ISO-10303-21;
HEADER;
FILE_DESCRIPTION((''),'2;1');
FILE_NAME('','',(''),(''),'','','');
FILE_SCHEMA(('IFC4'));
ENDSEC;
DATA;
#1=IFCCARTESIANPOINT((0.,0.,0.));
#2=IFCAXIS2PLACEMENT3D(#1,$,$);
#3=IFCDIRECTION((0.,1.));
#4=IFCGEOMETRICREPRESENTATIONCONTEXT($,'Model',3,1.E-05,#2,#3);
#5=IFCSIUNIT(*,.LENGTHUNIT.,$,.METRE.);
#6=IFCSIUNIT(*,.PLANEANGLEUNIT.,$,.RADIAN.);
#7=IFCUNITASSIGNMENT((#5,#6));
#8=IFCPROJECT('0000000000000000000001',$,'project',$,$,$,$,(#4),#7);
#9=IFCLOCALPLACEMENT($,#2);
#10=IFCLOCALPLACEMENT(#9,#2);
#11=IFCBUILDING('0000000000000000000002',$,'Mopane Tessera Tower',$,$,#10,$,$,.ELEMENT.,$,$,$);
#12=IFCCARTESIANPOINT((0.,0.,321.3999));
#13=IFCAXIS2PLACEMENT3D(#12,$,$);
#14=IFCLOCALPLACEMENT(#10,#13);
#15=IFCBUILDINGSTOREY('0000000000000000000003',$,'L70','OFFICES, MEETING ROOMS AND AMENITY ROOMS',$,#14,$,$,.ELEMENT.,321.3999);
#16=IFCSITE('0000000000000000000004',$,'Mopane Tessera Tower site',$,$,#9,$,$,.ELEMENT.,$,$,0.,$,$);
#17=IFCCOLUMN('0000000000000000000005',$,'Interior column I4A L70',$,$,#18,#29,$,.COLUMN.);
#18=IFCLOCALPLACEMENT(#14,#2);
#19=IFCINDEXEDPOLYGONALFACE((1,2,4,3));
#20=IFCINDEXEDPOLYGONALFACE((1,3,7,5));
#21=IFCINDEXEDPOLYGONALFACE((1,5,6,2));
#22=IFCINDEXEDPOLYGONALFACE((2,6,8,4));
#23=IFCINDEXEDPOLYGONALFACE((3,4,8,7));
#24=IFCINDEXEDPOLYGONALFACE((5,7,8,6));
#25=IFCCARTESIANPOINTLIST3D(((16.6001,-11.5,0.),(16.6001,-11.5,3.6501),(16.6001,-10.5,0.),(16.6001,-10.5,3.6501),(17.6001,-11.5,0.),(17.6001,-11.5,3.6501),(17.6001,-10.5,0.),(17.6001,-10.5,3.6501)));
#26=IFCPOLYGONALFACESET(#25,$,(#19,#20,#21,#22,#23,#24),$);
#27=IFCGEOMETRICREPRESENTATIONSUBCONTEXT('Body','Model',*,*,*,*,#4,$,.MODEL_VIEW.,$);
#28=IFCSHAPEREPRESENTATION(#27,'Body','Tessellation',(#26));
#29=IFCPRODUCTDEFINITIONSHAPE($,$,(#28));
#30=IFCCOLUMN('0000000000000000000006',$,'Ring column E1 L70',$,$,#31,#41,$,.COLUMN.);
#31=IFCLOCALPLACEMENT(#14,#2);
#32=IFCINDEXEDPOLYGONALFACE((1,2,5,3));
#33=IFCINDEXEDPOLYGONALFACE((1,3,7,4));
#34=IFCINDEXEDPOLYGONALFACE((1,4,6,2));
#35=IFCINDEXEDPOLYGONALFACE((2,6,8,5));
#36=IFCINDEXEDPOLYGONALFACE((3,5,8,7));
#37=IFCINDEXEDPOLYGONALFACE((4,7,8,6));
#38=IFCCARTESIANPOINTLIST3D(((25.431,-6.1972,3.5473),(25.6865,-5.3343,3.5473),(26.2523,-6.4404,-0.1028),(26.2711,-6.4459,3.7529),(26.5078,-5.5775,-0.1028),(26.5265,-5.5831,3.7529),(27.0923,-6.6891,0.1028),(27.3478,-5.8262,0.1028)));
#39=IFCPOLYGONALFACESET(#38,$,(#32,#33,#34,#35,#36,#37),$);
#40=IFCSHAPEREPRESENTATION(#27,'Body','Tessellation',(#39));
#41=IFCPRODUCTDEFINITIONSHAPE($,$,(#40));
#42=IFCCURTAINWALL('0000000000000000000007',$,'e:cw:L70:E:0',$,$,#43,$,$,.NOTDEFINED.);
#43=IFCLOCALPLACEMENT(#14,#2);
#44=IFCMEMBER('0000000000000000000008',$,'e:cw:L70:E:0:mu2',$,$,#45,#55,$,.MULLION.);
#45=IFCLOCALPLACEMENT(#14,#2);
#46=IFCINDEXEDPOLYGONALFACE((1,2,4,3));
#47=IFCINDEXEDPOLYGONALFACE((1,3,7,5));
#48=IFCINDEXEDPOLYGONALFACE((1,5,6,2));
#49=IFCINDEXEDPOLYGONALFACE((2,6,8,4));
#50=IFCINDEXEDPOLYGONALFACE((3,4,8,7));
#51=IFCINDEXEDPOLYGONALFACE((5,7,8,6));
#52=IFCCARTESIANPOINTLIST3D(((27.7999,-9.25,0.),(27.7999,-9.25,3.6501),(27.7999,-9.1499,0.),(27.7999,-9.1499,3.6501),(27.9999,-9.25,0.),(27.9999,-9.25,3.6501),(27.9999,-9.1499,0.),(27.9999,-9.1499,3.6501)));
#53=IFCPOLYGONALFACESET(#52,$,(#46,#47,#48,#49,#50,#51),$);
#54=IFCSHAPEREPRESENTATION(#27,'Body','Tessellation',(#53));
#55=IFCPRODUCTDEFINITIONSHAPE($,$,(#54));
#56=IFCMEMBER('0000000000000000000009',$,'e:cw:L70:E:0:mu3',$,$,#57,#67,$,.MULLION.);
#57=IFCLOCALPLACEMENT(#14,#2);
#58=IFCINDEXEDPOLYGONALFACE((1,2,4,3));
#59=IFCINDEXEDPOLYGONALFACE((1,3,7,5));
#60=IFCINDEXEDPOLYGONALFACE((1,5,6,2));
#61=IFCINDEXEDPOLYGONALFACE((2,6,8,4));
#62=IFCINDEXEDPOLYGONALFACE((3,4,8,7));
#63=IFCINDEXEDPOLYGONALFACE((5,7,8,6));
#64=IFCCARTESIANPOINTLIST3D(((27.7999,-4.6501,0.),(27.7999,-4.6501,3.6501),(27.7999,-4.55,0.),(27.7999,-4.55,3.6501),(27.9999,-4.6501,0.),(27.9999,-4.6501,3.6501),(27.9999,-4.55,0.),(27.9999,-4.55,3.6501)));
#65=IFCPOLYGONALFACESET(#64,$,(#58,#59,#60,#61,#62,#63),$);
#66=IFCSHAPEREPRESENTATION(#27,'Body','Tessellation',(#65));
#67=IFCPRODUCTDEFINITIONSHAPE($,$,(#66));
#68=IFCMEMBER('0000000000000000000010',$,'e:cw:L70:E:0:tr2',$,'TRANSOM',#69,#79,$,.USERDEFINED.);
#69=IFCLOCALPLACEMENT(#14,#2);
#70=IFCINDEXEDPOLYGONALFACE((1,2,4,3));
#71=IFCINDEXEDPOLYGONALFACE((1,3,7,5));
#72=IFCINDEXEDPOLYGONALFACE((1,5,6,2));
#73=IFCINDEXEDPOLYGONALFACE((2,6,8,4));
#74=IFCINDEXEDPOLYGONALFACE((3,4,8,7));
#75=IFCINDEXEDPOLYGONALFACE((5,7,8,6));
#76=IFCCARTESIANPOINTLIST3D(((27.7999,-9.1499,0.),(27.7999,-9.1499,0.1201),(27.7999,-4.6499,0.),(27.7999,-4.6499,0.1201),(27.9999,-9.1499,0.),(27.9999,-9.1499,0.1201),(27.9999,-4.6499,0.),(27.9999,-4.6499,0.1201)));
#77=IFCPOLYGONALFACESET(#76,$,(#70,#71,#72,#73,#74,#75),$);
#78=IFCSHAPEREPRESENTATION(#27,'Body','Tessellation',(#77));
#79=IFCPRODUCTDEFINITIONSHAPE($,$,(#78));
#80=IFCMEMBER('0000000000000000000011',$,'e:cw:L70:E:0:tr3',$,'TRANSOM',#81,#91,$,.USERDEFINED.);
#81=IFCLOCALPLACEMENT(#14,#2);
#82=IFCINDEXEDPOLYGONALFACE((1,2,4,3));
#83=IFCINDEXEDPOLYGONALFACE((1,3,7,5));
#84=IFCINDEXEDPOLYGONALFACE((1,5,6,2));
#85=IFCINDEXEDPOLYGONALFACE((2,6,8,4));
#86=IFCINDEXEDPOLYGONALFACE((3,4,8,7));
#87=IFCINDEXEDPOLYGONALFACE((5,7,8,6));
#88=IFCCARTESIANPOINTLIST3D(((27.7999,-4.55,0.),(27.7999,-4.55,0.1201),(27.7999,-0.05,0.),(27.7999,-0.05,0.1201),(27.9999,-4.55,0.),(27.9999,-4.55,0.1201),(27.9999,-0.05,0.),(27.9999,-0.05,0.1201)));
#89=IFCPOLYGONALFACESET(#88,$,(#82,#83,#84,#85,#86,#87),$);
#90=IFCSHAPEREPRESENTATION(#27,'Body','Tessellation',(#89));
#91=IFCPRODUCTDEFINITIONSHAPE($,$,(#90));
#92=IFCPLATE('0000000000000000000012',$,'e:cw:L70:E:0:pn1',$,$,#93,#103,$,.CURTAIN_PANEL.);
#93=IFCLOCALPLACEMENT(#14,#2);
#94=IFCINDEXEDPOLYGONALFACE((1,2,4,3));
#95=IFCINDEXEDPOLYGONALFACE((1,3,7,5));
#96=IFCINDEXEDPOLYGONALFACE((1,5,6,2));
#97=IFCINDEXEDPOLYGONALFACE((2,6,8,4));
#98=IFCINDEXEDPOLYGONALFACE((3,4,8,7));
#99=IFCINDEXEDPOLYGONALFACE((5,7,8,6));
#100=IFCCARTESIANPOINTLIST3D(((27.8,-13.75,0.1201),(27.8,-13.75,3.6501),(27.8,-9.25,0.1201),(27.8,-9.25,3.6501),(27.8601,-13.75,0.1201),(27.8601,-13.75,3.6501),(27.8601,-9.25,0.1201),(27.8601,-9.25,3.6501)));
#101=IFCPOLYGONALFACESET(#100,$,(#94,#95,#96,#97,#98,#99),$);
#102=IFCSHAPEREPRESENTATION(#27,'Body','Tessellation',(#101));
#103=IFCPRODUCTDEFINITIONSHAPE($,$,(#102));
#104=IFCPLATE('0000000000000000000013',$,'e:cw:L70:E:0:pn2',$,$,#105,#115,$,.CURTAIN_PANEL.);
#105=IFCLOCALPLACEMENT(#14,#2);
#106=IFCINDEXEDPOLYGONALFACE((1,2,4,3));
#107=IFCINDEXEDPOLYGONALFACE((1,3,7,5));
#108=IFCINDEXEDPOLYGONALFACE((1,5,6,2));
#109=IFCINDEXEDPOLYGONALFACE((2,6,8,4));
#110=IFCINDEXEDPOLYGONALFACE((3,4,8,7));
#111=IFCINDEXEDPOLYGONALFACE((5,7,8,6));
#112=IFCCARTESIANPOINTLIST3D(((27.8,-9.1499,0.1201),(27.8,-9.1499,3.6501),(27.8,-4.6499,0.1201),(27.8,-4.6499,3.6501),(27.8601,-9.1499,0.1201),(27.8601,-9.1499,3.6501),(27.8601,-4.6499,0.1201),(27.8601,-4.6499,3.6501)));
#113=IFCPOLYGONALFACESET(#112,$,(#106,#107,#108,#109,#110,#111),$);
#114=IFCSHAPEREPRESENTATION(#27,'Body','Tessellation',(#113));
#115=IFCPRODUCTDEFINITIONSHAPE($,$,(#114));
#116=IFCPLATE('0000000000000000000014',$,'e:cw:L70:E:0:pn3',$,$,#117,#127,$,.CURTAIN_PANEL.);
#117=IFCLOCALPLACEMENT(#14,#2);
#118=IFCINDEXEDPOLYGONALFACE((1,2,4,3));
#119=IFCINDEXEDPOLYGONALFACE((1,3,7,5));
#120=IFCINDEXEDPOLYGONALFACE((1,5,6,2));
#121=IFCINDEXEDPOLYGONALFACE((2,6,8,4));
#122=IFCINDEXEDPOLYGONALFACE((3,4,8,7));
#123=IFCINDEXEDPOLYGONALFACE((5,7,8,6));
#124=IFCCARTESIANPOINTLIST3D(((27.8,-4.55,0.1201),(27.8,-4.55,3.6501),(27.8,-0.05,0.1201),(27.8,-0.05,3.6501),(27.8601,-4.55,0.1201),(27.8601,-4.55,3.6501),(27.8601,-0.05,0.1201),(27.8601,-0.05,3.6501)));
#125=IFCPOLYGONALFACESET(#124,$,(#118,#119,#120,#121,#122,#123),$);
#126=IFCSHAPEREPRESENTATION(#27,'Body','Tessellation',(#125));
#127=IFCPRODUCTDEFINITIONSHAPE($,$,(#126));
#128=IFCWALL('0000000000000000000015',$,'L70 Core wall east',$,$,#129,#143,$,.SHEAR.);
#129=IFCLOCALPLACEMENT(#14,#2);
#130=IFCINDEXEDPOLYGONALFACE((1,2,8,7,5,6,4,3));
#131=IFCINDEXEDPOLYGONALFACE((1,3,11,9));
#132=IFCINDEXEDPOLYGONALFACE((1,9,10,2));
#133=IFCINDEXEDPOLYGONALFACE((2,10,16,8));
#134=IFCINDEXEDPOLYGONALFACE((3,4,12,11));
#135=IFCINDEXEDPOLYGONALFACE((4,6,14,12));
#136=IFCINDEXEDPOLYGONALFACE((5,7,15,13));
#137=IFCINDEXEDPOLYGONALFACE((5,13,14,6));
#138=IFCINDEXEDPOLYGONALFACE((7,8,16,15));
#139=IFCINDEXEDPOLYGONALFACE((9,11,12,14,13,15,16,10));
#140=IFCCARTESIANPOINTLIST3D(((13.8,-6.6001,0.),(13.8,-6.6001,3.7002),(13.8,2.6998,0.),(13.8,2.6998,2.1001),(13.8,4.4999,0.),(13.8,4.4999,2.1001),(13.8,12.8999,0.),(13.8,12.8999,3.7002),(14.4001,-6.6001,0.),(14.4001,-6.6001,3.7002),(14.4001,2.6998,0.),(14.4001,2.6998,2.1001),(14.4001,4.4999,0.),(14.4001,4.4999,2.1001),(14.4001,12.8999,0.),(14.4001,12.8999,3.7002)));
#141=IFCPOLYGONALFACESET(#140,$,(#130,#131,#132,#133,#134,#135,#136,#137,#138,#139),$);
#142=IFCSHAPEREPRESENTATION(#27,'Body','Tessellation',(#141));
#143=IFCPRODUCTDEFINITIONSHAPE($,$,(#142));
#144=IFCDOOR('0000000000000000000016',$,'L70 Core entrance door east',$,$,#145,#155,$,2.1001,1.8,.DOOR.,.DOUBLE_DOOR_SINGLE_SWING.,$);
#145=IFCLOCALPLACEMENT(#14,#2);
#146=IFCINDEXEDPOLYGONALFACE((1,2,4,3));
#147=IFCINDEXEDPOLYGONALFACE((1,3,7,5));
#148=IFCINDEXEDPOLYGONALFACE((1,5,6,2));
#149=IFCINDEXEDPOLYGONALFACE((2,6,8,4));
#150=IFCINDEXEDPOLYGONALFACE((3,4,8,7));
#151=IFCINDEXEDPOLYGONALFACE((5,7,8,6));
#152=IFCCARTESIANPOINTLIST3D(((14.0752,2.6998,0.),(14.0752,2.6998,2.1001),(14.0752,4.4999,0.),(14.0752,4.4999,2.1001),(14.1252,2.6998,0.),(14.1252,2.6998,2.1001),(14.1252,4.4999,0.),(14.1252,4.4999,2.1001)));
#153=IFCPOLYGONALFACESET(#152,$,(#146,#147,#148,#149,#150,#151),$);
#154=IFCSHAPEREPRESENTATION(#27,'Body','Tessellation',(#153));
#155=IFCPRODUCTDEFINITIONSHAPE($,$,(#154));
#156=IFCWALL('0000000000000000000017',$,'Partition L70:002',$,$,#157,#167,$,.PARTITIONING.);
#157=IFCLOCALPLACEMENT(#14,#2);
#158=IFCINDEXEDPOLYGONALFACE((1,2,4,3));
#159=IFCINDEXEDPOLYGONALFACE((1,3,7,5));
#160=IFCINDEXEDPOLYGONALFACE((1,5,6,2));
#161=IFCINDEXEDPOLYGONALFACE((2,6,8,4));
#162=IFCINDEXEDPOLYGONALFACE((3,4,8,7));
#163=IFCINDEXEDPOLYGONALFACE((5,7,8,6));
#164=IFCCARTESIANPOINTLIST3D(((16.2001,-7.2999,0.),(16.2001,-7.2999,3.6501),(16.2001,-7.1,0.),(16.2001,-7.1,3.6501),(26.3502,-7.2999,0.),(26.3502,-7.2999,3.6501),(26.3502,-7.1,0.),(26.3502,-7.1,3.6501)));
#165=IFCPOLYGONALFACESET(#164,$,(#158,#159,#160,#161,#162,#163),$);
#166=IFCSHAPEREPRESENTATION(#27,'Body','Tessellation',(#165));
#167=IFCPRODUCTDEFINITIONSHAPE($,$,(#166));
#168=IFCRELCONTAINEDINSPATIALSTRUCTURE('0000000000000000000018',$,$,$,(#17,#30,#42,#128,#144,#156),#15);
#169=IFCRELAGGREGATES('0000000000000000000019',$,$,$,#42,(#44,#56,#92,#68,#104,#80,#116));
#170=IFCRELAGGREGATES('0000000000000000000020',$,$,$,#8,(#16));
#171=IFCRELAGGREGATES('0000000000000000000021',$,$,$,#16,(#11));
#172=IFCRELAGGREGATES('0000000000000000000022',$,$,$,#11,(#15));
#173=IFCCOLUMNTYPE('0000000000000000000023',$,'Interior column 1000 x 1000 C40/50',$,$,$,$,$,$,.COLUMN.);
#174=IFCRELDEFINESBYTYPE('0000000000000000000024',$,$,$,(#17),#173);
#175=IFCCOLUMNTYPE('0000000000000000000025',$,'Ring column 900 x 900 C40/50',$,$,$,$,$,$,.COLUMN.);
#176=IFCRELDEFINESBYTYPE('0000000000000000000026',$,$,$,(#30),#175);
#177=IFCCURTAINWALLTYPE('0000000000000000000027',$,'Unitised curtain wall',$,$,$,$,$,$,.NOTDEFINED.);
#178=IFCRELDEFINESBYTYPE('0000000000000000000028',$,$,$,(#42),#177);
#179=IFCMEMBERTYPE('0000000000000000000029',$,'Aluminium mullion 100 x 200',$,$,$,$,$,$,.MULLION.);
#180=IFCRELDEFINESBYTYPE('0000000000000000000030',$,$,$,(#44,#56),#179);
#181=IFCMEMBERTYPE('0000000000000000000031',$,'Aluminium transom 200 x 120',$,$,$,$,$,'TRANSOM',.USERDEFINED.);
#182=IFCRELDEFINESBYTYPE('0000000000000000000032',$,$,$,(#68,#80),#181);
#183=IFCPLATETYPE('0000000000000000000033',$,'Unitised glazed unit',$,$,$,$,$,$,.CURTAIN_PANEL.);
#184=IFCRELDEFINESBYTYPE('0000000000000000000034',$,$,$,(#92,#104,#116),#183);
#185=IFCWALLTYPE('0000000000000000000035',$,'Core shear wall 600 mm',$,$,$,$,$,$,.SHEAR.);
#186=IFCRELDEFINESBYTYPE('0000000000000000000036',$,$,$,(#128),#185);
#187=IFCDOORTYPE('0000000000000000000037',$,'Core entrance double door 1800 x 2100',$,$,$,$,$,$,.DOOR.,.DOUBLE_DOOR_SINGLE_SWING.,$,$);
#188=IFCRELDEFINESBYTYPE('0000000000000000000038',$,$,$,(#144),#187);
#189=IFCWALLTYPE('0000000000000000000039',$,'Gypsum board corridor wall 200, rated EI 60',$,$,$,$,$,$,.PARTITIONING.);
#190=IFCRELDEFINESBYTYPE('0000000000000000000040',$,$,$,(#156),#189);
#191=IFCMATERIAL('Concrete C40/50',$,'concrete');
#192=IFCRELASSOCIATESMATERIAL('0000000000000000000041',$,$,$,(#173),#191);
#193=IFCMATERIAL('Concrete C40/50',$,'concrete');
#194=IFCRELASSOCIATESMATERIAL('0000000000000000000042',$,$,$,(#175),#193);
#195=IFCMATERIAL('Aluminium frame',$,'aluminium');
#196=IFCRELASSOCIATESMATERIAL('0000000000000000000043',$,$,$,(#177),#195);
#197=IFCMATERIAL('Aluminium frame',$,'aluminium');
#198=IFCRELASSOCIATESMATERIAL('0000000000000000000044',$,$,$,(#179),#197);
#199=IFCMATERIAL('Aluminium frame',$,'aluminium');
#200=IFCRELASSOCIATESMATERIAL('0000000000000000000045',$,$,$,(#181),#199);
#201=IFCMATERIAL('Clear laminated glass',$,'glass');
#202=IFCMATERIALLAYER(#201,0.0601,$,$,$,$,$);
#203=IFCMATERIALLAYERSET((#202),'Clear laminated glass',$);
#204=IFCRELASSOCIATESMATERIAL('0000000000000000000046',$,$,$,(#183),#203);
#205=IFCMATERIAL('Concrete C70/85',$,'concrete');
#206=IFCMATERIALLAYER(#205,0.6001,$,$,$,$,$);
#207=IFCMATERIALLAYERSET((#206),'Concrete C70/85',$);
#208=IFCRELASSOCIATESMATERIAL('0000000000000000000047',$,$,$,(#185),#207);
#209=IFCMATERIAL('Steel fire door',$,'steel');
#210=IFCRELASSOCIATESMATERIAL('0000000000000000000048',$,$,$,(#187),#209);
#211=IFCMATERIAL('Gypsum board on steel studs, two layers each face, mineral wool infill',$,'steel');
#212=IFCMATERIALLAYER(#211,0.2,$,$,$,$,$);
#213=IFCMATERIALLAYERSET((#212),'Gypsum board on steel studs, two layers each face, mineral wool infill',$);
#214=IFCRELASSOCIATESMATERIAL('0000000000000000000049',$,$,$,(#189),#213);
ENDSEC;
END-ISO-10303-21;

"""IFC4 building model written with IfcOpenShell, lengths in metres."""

from ifc_helpers import new_model, si_unit, direction, frame, frame_2d, origin, origin_2d, place, context, subcontext, project, spatial, rectangle, extrude, material, layer, layer_set, material_profile, profile_set, type_object, element, fill, aggregate, save


model = new_model("IFC4")

# Units and contexts
model_context = context("Model", 3, precision=1e-05, world=origin(), true_north=direction((0.0, 1.0)))
body_context = subcontext(model_context, "Body", "Model", "MODEL_VIEW")
ifc_project = project(units=[si_unit("LENGTHUNIT", "METRE"), si_unit("PLANEANGLEUNIT", "RADIAN")], contexts=[model_context])

# Site, building, storey
site_placement = place(None, origin())
site = spatial("IfcSite", under=ifc_project, at=site_placement, Name="Mopane Tessera Tower site", CompositionType="ELEMENT", RefElevation=0.0)
building_placement = place(site_placement, origin())
building = spatial("IfcBuilding", under=site, at=building_placement, Name="Mopane Tessera Tower", CompositionType="ELEMENT")
storey_placement = place(building_placement, frame((0.0, 0.0, 321.3999)))
storey = spatial("IfcBuildingStorey", under=building, at=storey_placement, Name="L70", Description="OFFICES, MEETING ROOMS AND AMENITY ROOMS", CompositionType="ELEMENT", Elevation=321.3999)

# Columns
ifc_material_1 = material(Name="Concrete C40/50", Category="concrete")
ifc_material_profile_1 = material_profile(ifc_material_1, rectangle(XDim=1.0, YDim=1.0, at=origin_2d()))
ifc_profile_set_1 = profile_set([ifc_material_profile_1], Name="Concrete C40/50")
column_type_1 = type_object("IfcColumnType", Name="Interior column 1000 x 1000 C40/50", PredefinedType="COLUMN", material=ifc_profile_set_1)
column_1_placement = place(storey_placement, frame((17.1001, -11.0, 0.0), z_axis=(0.0, 0.0, 1.0), x_axis=(1.0, 0.0, 0.0)))
element("IfcColumn", 1, at=column_1_placement, inside=storey, type_object=column_type_1, Name="Interior column I4A L70", PredefinedType="COLUMN", context=body_context, shape_type="SweptSolid", body=[
    extrude(rectangle(XDim=1.0, YDim=1.0, at=origin_2d()), origin(), (0.0, 0.0, 1.0), 3.6501),
])
ifc_material_2 = material(Name="Concrete C40/50", Category="concrete")
ifc_material_profile_2 = material_profile(ifc_material_2, rectangle(XDim=0.8999, YDim=0.8999, at=origin_2d()))
ifc_profile_set_2 = profile_set([ifc_material_profile_2], Name="Concrete C40/50")
column_type_2 = type_object("IfcColumnType", Name="Ring column 900 x 900 C40/50", PredefinedType="COLUMN", material=ifc_profile_set_2)
column_2_placement = place(storey_placement, frame((26.8, -6.1333, 0.0), z_axis=(-0.219052, 0.064856, 0.973555), x_axis=(-0.283894, -0.958856, 0.0)))
element("IfcColumn", 2, at=column_2_placement, inside=storey, type_object=column_type_2, Name="Ring column E1 L70", PredefinedType="COLUMN", context=body_context, shape_type="SweptSolid", body=[
    extrude(rectangle(XDim=0.8999, YDim=0.8999, at=origin_2d()), origin(), (0.0, 0.0, 1.0), 3.7493),
])

# Curtain wall, members, plates
ifc_material_3 = material(Name="Aluminium frame", Category="aluminium")
curtain_wall_type = type_object("IfcCurtainWallType", Name="Unitised curtain wall", PredefinedType="NOTDEFINED", material=ifc_material_3)
curtain_wall_placement = place(storey_placement, origin())
curtain_wall = element("IfcCurtainWall", 3, at=curtain_wall_placement, inside=storey, type_object=curtain_wall_type, Name="e:cw:L70:E:0", PredefinedType="NOTDEFINED")
ifc_material_4 = material(Name="Aluminium frame", Category="aluminium")
ifc_material_profile_3 = material_profile(ifc_material_4, rectangle(XDim=0.1001, YDim=0.2, at=origin_2d()))
ifc_profile_set_3 = profile_set([ifc_material_profile_3], Name="Aluminium frame")
member_type_1 = type_object("IfcMemberType", Name="Aluminium mullion 100 x 200", PredefinedType="MULLION", material=ifc_profile_set_3)
member_1_placement = place(storey_placement, frame((27.8999, -9.2, 0.0), z_axis=(0.0, 0.0, 1.0), x_axis=(0.0, 1.0, 0.0)))
member_1 = element("IfcMember", 4, at=member_1_placement, type_object=member_type_1, Name="e:cw:L70:E:0:mu2", PredefinedType="MULLION", context=body_context, shape_type="SweptSolid", body=[
    extrude(rectangle(XDim=0.1001, YDim=0.2, at=origin_2d()), origin(), (0.0, 0.0, 1.0), 3.6501),
])
member_2_placement = place(storey_placement, frame((27.8999, -4.6001, 0.0), z_axis=(0.0, 0.0, 1.0), x_axis=(0.0, 1.0, 0.0)))
member_2 = element("IfcMember", 5, at=member_2_placement, type_object=member_type_1, Name="e:cw:L70:E:0:mu3", PredefinedType="MULLION", context=body_context, shape_type="SweptSolid", body=[
    extrude(rectangle(XDim=0.1001, YDim=0.2, at=origin_2d()), origin(), (0.0, 0.0, 1.0), 3.6501),
])
ifc_material_5 = material(Name="Aluminium frame", Category="aluminium")
ifc_material_profile_4 = material_profile(ifc_material_5, rectangle(XDim=0.2, YDim=0.1201, at=origin_2d()))
ifc_profile_set_4 = profile_set([ifc_material_profile_4], Name="Aluminium frame")
member_type_2 = type_object("IfcMemberType", Name="Aluminium transom 200 x 120", ElementType="TRANSOM", PredefinedType="USERDEFINED", material=ifc_profile_set_4)
member_3_placement = place(storey_placement, frame((27.8999, -9.1499, 0.0601), z_axis=(0.0, 1.0, 0.0), x_axis=(-1.0, 0.0, 0.0)))
member_3 = element("IfcMember", 6, at=member_3_placement, type_object=member_type_2, Name="e:cw:L70:E:0:tr2", ObjectType="TRANSOM", PredefinedType="USERDEFINED", context=body_context, shape_type="SweptSolid", body=[
    extrude(rectangle(XDim=0.2, YDim=0.1201, at=origin_2d()), origin(), (0.0, 0.0, 1.0), 4.5),
])
member_4_placement = place(storey_placement, frame((27.8999, -4.55, 0.0601), z_axis=(0.0, 1.0, 0.0), x_axis=(-1.0, 0.0, 0.0)))
member_4 = element("IfcMember", 7, at=member_4_placement, type_object=member_type_2, Name="e:cw:L70:E:0:tr3", ObjectType="TRANSOM", PredefinedType="USERDEFINED", context=body_context, shape_type="SweptSolid", body=[
    extrude(rectangle(XDim=0.2, YDim=0.1201, at=origin_2d()), origin(), (0.0, 0.0, 1.0), 4.5),
])
ifc_material_6 = material(Name="Clear laminated glass", Category="glass")
ifc_layer_1 = layer(ifc_material_6, 0.0601)
ifc_layer_set_1 = layer_set([ifc_layer_1], Name="Clear laminated glass")
plate_type = type_object("IfcPlateType", Name="Unitised glazed unit", PredefinedType="CURTAIN_PANEL", material=ifc_layer_set_1)
plate_1_placement = place(storey_placement, frame((27.8301, -11.5, 0.1201), z_axis=(0.0, 0.0, 1.0), x_axis=(0.0, 1.0, 0.0)))
plate_1 = element("IfcPlate", 8, at=plate_1_placement, type_object=plate_type, Name="e:cw:L70:E:0:pn1", PredefinedType="CURTAIN_PANEL", context=body_context, shape_type="SweptSolid", body=[
    extrude(rectangle(XDim=4.5, YDim=0.0601, at=origin_2d()), origin(), (0.0, 0.0, 1.0), 3.53),
])
plate_2_placement = place(storey_placement, frame((27.8301, -6.8999, 0.1201), z_axis=(0.0, 0.0, 1.0), x_axis=(0.0, 1.0, 0.0)))
plate_2 = element("IfcPlate", 9, at=plate_2_placement, type_object=plate_type, Name="e:cw:L70:E:0:pn2", PredefinedType="CURTAIN_PANEL", context=body_context, shape_type="SweptSolid", body=[
    extrude(rectangle(XDim=4.5, YDim=0.0601, at=origin_2d()), origin(), (0.0, 0.0, 1.0), 3.53),
])
plate_3_placement = place(storey_placement, frame((27.8301, -2.3, 0.1201), z_axis=(0.0, 0.0, 1.0), x_axis=(0.0, 1.0, 0.0)))
plate_3 = element("IfcPlate", 10, at=plate_3_placement, type_object=plate_type, Name="e:cw:L70:E:0:pn3", PredefinedType="CURTAIN_PANEL", context=body_context, shape_type="SweptSolid", body=[
    extrude(rectangle(XDim=4.5, YDim=0.0601, at=origin_2d()), origin(), (0.0, 0.0, 1.0), 3.53),
])
aggregate(curtain_wall, [member_1, member_2, plate_1, member_3, plate_2, member_4, plate_3])

# Wall, opening, door
ifc_material_7 = material(Name="Concrete C70/85", Category="concrete")
ifc_layer_2 = layer(ifc_material_7, 0.6001)
ifc_layer_set_2 = layer_set([ifc_layer_2], Name="Concrete C70/85")
wall_type_1 = type_object("IfcWallType", Name="Core shear wall 600 mm", PredefinedType="SHEAR", material=ifc_layer_set_2)
wall_1_placement = place(storey_placement, frame((14.1001, -6.6001, 0.0), z_axis=(0.0, 0.0, 1.0), x_axis=(0.0, 1.0, 0.0)))
wall_1 = element("IfcWall", 11, at=wall_1_placement, inside=storey, type_object=wall_type_1, Name="L70 Core wall east", PredefinedType="SHEAR", context=body_context, shape_type="SweptSolid", body=[
    extrude(rectangle(XDim=19.5, YDim=0.6001, at=frame_2d((9.75, 0.0))), origin(), (0.0, 0.0, 1.0), 3.7002),
])
opening_1_placement = place(wall_1_placement, frame((9.3, 0.0, 0.0)))
opening_1 = element("IfcOpeningElement", 12, at=opening_1_placement, cuts=wall_1, PredefinedType="OPENING", context=body_context, shape_type="SweptSolid", body=[
    extrude(rectangle(XDim=1.8, YDim=2.1001, at=frame_2d((0.8999, 1.05))), frame((0.0, 0.312, 0.0), z_axis=(0.0, -1.0, 0.0), x_axis=(1.0, 0.0, 0.0)), (0.0, 0.0, 1.0), 0.624),
])
ifc_material_8 = material(Name="Steel fire door", Category="steel")
door_type_1 = type_object("IfcDoorType", Name="Core entrance double door 1800 x 2100", OperationType="DOUBLE_DOOR_SINGLE_SWING", PredefinedType="DOOR", material=ifc_material_8)
door_1_placement = place(opening_1_placement, origin())
door_1 = element("IfcDoor", 13, at=door_1_placement, inside=storey, type_object=door_type_1, Name="L70 Core entrance door east", OperationType="DOUBLE_DOOR_SINGLE_SWING", OverallHeight=2.1001, OverallWidth=1.8, PredefinedType="DOOR", context=body_context, shape_type="SweptSolid", body=[
    extrude(rectangle(XDim=1.8, YDim=2.1001, at=frame_2d((0.8999, 1.05))), frame((0.0, 0.0249, 0.0), z_axis=(0.0, -1.0, 0.0), x_axis=(1.0, 0.0, 0.0)), (0.0, 0.0, 1.0), 0.05),
])
fill(opening_1, door_1)

# Wall
ifc_material_9 = material(Name="Gypsum board on steel studs, two layers each face, mineral wool infill", Category="steel")
ifc_layer_3 = layer(ifc_material_9, 0.2)
ifc_layer_set_3 = layer_set([ifc_layer_3], Name="Gypsum board on steel studs, two layers each face, mineral wool infill")
wall_type_2 = type_object("IfcWallType", Name="Gypsum board corridor wall 200, rated EI 60", PredefinedType="PARTITIONING", material=ifc_layer_set_3)
wall_2_placement = place(storey_placement, frame((16.2, -7.2, 0.0), z_axis=(0.0, 0.0, 1.0), x_axis=(1.0, 0.0, 0.0)))
element("IfcWall", 14, at=wall_2_placement, inside=storey, type_object=wall_type_2, Name="Partition L70:002", PredefinedType="PARTITIONING", context=body_context, shape_type="SweptSolid", body=[
    extrude(rectangle(XDim=10.1501, YDim=0.2, at=frame_2d((5.0752, 0.0))), origin(), (0.0, 0.0, 1.0), 3.6501),
])

save(model, "model.ifc")
